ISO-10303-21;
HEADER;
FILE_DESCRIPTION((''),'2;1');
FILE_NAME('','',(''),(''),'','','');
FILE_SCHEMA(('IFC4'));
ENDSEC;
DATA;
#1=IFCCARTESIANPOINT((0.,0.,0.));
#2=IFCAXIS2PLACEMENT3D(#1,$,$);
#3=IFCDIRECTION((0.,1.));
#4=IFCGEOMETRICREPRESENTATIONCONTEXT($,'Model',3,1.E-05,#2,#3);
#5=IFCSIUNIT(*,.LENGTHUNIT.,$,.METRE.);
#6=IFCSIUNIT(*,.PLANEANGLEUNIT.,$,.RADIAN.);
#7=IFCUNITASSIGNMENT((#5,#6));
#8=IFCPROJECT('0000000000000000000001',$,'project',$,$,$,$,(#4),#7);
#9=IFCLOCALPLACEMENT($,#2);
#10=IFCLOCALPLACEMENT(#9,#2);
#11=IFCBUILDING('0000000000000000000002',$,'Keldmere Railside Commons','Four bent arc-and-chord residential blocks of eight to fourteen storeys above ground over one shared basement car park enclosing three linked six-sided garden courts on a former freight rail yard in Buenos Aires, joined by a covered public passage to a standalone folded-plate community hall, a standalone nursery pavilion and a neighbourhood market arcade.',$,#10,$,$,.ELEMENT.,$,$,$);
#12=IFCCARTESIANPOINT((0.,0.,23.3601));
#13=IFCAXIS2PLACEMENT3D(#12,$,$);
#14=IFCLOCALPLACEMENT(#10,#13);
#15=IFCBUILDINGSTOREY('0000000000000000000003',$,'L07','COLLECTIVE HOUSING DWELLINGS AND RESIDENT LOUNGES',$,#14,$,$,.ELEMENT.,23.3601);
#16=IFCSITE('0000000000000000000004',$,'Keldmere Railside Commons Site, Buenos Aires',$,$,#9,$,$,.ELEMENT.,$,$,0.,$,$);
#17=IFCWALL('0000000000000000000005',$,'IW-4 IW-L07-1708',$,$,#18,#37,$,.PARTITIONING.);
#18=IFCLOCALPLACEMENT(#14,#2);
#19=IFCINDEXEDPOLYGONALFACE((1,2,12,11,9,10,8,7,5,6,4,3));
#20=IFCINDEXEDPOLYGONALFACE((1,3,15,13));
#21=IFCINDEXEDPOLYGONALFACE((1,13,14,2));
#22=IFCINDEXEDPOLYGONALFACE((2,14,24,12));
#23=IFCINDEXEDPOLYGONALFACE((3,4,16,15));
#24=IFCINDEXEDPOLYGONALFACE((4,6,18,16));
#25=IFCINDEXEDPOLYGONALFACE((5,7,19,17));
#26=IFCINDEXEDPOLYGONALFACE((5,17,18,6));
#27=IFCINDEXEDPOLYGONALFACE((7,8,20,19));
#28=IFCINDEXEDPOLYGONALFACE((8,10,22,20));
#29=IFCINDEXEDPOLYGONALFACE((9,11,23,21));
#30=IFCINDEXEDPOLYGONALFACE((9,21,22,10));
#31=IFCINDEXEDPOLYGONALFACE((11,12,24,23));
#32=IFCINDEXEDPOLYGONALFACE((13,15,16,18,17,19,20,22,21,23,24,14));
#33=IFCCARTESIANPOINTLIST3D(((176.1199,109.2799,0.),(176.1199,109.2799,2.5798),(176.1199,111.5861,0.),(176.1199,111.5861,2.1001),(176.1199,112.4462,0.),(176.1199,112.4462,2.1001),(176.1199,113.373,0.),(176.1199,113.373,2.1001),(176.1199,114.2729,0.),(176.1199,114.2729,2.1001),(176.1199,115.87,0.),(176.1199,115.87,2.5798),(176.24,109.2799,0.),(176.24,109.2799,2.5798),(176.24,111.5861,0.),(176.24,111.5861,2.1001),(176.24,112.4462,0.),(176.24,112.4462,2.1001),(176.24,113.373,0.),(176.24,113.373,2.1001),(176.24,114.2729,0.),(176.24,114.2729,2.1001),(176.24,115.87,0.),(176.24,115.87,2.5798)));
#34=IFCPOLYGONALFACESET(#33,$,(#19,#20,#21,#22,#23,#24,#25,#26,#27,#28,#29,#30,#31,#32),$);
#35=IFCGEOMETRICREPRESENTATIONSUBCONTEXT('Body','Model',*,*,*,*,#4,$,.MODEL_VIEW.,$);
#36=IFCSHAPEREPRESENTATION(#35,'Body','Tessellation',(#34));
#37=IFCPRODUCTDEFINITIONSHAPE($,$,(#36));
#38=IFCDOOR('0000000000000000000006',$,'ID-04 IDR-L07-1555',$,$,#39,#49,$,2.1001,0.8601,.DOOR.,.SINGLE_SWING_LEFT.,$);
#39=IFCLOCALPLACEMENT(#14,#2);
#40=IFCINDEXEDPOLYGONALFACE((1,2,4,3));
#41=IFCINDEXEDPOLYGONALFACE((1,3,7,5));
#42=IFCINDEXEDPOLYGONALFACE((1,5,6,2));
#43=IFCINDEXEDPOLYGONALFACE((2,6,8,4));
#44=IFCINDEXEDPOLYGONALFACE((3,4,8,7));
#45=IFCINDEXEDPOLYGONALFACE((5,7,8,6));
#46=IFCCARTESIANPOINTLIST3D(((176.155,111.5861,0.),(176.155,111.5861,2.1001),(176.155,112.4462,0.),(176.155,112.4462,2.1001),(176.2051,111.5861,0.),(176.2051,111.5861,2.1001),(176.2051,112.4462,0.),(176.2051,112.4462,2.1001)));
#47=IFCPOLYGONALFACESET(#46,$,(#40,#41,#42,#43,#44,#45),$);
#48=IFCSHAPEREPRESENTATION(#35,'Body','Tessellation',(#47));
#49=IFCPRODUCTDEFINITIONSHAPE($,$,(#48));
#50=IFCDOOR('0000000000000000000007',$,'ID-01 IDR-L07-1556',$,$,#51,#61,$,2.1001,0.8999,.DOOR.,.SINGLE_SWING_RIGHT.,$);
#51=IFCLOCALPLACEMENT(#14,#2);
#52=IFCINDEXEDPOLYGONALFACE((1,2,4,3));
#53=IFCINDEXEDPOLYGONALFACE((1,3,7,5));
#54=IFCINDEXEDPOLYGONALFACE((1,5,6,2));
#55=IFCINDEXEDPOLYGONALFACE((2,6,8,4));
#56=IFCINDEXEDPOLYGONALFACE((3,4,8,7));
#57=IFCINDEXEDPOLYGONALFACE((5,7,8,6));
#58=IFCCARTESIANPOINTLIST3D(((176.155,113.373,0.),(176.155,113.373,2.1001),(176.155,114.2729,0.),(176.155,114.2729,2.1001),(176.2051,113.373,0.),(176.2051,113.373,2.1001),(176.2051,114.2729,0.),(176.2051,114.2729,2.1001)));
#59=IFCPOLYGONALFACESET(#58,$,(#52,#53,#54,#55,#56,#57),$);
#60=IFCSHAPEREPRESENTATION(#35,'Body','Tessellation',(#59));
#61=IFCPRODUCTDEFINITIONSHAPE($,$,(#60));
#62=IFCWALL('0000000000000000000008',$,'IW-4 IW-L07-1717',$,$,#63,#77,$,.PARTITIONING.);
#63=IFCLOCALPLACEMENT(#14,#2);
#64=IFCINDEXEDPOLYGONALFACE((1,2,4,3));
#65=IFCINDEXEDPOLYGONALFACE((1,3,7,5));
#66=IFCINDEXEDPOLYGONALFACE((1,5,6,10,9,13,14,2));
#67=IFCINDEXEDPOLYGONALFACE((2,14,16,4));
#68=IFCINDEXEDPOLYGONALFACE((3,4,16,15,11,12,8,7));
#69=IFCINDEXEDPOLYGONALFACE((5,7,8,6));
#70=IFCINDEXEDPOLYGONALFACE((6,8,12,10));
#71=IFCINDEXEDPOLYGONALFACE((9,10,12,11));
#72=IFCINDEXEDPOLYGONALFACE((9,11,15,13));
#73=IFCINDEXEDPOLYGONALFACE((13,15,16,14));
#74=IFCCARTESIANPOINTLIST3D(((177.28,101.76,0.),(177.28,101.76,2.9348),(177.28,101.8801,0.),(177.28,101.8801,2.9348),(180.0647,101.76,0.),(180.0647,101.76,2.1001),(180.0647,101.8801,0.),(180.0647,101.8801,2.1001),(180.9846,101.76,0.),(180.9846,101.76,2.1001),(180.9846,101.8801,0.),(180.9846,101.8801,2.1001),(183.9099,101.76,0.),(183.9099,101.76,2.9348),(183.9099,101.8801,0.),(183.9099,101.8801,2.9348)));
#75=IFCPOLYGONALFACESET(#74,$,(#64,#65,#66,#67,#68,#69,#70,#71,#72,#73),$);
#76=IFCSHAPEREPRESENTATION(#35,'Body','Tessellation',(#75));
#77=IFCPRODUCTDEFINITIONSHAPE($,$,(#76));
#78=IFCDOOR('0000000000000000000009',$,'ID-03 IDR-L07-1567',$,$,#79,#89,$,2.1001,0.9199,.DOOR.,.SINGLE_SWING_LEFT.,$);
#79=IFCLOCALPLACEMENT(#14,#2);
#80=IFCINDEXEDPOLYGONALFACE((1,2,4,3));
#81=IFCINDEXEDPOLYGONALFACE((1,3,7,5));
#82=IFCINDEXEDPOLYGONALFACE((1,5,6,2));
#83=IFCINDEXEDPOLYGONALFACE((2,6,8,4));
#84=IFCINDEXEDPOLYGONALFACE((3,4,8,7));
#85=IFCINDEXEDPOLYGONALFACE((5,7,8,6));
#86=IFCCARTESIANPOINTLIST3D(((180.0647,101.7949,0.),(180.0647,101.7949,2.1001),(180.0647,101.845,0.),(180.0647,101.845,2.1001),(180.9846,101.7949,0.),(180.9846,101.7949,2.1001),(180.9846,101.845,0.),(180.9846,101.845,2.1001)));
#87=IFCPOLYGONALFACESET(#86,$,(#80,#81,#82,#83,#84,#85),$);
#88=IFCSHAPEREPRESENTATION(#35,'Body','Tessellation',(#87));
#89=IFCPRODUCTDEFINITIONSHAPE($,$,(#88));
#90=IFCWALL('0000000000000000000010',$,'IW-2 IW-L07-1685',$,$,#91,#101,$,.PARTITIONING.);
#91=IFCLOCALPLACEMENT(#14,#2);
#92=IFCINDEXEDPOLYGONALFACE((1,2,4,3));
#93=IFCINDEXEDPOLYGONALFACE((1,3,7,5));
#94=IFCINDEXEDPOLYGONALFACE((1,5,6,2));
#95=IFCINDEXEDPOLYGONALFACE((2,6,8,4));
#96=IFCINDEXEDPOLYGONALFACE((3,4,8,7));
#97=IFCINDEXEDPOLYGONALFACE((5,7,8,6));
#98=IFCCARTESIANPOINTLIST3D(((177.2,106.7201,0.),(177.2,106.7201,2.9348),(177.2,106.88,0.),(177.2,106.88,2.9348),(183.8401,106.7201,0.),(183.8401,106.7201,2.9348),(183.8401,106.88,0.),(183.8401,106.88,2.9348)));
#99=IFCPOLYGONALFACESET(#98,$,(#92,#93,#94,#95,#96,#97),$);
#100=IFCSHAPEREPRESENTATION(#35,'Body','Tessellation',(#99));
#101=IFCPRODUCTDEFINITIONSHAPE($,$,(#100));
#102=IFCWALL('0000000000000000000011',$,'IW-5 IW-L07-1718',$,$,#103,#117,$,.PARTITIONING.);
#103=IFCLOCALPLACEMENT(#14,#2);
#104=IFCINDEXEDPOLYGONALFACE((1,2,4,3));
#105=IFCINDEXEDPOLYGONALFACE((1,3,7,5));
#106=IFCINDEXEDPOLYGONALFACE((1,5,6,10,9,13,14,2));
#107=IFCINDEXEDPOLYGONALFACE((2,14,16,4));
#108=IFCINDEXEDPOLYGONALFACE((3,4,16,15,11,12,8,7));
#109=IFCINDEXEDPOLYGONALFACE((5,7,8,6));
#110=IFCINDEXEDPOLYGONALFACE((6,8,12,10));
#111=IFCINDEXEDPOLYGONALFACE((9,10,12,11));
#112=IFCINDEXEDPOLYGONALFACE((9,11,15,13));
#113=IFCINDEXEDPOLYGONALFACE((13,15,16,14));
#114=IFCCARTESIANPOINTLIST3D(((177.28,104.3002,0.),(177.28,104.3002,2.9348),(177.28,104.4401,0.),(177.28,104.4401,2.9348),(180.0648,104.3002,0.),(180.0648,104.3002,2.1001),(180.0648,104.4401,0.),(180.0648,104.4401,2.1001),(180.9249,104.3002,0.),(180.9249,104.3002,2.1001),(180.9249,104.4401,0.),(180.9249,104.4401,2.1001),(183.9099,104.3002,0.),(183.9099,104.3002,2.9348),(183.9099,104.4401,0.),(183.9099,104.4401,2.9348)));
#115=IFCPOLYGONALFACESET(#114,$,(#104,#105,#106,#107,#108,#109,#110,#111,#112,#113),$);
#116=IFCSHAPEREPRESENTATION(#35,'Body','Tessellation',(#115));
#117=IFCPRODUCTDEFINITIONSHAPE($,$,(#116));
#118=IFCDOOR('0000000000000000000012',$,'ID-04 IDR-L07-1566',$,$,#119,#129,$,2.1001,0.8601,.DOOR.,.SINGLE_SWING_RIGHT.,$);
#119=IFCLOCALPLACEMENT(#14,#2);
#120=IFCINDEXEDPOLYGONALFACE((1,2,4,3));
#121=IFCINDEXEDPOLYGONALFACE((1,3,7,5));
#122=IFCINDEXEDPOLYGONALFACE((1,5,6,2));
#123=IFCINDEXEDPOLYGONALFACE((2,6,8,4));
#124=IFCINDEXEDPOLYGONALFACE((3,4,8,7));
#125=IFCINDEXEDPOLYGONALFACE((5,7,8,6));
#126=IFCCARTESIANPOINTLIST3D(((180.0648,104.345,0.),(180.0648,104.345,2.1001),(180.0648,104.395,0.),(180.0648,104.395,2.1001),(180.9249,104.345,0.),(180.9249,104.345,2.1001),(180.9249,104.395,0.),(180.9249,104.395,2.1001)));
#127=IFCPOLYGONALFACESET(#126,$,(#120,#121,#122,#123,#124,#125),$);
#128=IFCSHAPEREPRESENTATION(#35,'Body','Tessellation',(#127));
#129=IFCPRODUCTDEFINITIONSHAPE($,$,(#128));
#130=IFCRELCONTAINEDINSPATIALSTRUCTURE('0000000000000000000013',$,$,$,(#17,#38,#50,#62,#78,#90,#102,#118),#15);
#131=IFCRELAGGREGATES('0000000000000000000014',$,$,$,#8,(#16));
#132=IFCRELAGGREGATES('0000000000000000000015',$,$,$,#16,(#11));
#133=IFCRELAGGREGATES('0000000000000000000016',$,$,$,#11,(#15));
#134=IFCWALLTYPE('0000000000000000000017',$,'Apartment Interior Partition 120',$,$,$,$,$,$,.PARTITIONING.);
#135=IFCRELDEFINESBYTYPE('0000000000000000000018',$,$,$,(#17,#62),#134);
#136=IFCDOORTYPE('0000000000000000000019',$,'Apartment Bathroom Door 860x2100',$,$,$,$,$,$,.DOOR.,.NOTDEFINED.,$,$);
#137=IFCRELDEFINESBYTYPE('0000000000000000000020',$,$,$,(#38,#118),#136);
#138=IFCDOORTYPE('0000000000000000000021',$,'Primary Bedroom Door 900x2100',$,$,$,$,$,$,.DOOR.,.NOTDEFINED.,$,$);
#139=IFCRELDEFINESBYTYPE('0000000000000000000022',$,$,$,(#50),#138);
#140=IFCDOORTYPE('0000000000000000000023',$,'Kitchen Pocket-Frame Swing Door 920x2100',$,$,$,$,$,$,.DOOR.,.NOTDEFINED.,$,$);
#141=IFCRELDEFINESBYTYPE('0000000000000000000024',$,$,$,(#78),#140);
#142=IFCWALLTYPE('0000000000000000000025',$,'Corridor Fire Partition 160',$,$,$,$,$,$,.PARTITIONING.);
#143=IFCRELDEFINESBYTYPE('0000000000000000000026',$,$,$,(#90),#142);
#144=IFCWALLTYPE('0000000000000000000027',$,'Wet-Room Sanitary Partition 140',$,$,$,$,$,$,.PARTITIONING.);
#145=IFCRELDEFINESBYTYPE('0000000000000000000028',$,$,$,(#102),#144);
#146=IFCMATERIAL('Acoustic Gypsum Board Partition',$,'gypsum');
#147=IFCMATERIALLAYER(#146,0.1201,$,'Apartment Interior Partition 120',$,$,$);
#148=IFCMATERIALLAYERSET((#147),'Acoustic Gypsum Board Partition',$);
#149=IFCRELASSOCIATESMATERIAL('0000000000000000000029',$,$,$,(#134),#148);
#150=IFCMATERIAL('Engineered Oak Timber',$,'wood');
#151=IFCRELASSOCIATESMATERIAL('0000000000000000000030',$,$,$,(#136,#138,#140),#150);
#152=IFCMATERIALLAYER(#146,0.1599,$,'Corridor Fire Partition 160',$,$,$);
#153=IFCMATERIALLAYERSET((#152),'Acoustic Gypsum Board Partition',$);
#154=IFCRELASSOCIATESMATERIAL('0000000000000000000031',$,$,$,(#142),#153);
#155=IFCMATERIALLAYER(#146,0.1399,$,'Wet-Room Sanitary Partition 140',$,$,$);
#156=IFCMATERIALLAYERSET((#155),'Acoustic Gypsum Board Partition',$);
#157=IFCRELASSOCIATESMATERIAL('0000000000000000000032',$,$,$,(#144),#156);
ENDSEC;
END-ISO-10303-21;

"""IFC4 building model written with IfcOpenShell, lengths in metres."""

from ifc_helpers import new_model, si_unit, direction, frame, frame_2d, origin, place, context, subcontext, project, spatial, rectangle, extrude, material, layer, layer_set, type_object, element, fill, save


model = new_model("IFC4")

# Units and contexts
model_context = context("Model", 3, precision=1e-05, world=origin(), true_north=direction((0.0, 1.0)))
body_context = subcontext(model_context, "Body", "Model", "MODEL_VIEW")
ifc_project = project(units=[si_unit("LENGTHUNIT", "METRE"), si_unit("PLANEANGLEUNIT", "RADIAN")], contexts=[model_context])

# Site, building, storey
site_placement = place(None, origin())
site = spatial("IfcSite", under=ifc_project, at=site_placement, Name="Keldmere Railside Commons Site, Buenos Aires", CompositionType="ELEMENT", RefElevation=0.0)
building_placement = place(site_placement, origin())
building = spatial("IfcBuilding", under=site, at=building_placement, Name="Keldmere Railside Commons", Description="Four bent arc-and-chord residential blocks of eight to fourteen storeys above ground over one shared basement car park enclosing three linked six-sided garden courts on a former freight rail yard in Buenos Aires, joined by a covered public passage to a standalone folded-plate community hall, a standalone nursery pavilion and a neighbourhood market arcade.", CompositionType="ELEMENT")
storey_placement = place(building_placement, frame((0.0, 0.0, 23.3601)))
storey = spatial("IfcBuildingStorey", under=building, at=storey_placement, Name="L07", Description="COLLECTIVE HOUSING DWELLINGS AND RESIDENT LOUNGES", CompositionType="ELEMENT", Elevation=23.3601)

# Wall, openings, doors
ifc_material_1 = material(Name="Acoustic Gypsum Board Partition", Category="gypsum")
ifc_layer_1 = layer(ifc_material_1, 0.1201, Name="Apartment Interior Partition 120")
ifc_layer_set_1 = layer_set([ifc_layer_1], Name="Acoustic Gypsum Board Partition")
wall_type_1 = type_object("IfcWallType", Name="Apartment Interior Partition 120", PredefinedType="PARTITIONING", material=ifc_layer_set_1)
wall_1_placement = place(storey_placement, frame((176.1799, 109.28, 0.0), z_axis=(0.0, 0.0, 1.0), x_axis=(0.0, 1.0, 0.0)))
wall_1 = element("IfcWall", 1, at=wall_1_placement, inside=storey, type_object=wall_type_1, Name="IW-4 IW-L07-1708", PredefinedType="PARTITIONING", context=body_context, shape_type="SweptSolid", body=[
    extrude(rectangle(XDim=6.5901, YDim=0.1201, at=frame_2d((3.2949, 0.0))), origin(), (0.0, 0.0, 1.0), 2.5798),
])
opening_1_placement = place(wall_1_placement, frame((2.3059, 0.0, 0.0)))
opening_1 = element("IfcOpeningElement", 2, at=opening_1_placement, cuts=wall_1, PredefinedType="OPENING", context=body_context, shape_type="SweptSolid", body=[
    extrude(rectangle(XDim=0.8601, YDim=2.1001, at=frame_2d((0.4302, 1.05))), frame((0.0, 0.0701, 0.0), z_axis=(0.0, -1.0, 0.0), x_axis=(1.0, 0.0, 0.0)), (0.0, 0.0, 1.0), 0.1401),
])
opening_2_placement = place(wall_1_placement, frame((4.093, 0.0, 0.0)))
opening_2 = element("IfcOpeningElement", 3, at=opening_2_placement, cuts=wall_1, PredefinedType="OPENING", context=body_context, shape_type="SweptSolid", body=[
    extrude(rectangle(XDim=0.8999, YDim=2.1001, at=frame_2d((0.45, 1.05))), frame((0.0, 0.0701, 0.0), z_axis=(0.0, -1.0, 0.0), x_axis=(1.0, 0.0, 0.0)), (0.0, 0.0, 1.0), 0.1401),
])
ifc_material_2 = material(Name="Engineered Oak Timber", Category="wood")
door_type_1 = type_object("IfcDoorType", Name="Apartment Bathroom Door 860x2100", OperationType="NOTDEFINED", PredefinedType="DOOR", material=ifc_material_2)
door_1_placement = place(opening_1_placement, origin())
door_1 = element("IfcDoor", 4, at=door_1_placement, inside=storey, type_object=door_type_1, Name="ID-04 IDR-L07-1555", OperationType="SINGLE_SWING_LEFT", OverallHeight=2.1001, OverallWidth=0.8601, PredefinedType="DOOR", context=body_context, shape_type="SweptSolid", body=[
    extrude(rectangle(XDim=0.8601, YDim=2.1001, at=frame_2d((0.4302, 1.05))), frame((0.0, 0.0249, 0.0), z_axis=(0.0, -1.0, 0.0), x_axis=(1.0, 0.0, 0.0)), (0.0, 0.0, 1.0), 0.05),
])
fill(opening_1, door_1)
door_type_2 = type_object("IfcDoorType", Name="Primary Bedroom Door 900x2100", OperationType="NOTDEFINED", PredefinedType="DOOR", material=ifc_material_2)
door_2_placement = place(opening_2_placement, origin())
door_2 = element("IfcDoor", 5, at=door_2_placement, inside=storey, type_object=door_type_2, Name="ID-01 IDR-L07-1556", OperationType="SINGLE_SWING_RIGHT", OverallHeight=2.1001, OverallWidth=0.8999, PredefinedType="DOOR", context=body_context, shape_type="SweptSolid", body=[
    extrude(rectangle(XDim=0.8999, YDim=2.1001, at=frame_2d((0.45, 1.05))), frame((0.0, 0.0249, 0.0), z_axis=(0.0, -1.0, 0.0), x_axis=(1.0, 0.0, 0.0)), (0.0, 0.0, 1.0), 0.05),
])
fill(opening_2, door_2)

# Wall, opening, door
wall_2_placement = place(storey_placement, frame((177.28, 101.8201, 0.0), z_axis=(0.0, 0.0, 1.0), x_axis=(1.0, 0.0, 0.0)))
wall_2 = element("IfcWall", 6, at=wall_2_placement, inside=storey, type_object=wall_type_1, Name="IW-4 IW-L07-1717", PredefinedType="PARTITIONING", context=body_context, shape_type="SweptSolid", body=[
    extrude(rectangle(XDim=6.6299, YDim=0.1201, at=frame_2d((3.3149, 0.0))), origin(), (0.0, 0.0, 1.0), 2.9348),
])
opening_3_placement = place(wall_2_placement, frame((2.7847, 0.0, 0.0)))
opening_3 = element("IfcOpeningElement", 7, at=opening_3_placement, cuts=wall_2, PredefinedType="OPENING", context=body_context, shape_type="SweptSolid", body=[
    extrude(rectangle(XDim=0.9199, YDim=2.1001, at=frame_2d((0.46, 1.05))), frame((0.0, 0.0701, 0.0), z_axis=(0.0, -1.0, 0.0), x_axis=(1.0, 0.0, 0.0)), (0.0, 0.0, 1.0), 0.1401),
])
door_type_3 = type_object("IfcDoorType", Name="Kitchen Pocket-Frame Swing Door 920x2100", OperationType="NOTDEFINED", PredefinedType="DOOR", material=ifc_material_2)
door_3_placement = place(opening_3_placement, origin())
door_3 = element("IfcDoor", 8, at=door_3_placement, inside=storey, type_object=door_type_3, Name="ID-03 IDR-L07-1567", OperationType="SINGLE_SWING_LEFT", OverallHeight=2.1001, OverallWidth=0.9199, PredefinedType="DOOR", context=body_context, shape_type="SweptSolid", body=[
    extrude(rectangle(XDim=0.9199, YDim=2.1001, at=frame_2d((0.46, 1.05))), frame((0.0, 0.0249, 0.0), z_axis=(0.0, -1.0, 0.0), x_axis=(1.0, 0.0, 0.0)), (0.0, 0.0, 1.0), 0.05),
])
fill(opening_3, door_3)

# Wall
ifc_layer_2 = layer(ifc_material_1, 0.1599, Name="Corridor Fire Partition 160")
ifc_layer_set_2 = layer_set([ifc_layer_2], Name="Acoustic Gypsum Board Partition")
wall_type_2 = type_object("IfcWallType", Name="Corridor Fire Partition 160", PredefinedType="PARTITIONING", material=ifc_layer_set_2)
wall_3_placement = place(storey_placement, frame((177.2, 106.8, 0.0), z_axis=(0.0, 0.0, 1.0), x_axis=(1.0, 0.0, 0.0)))
element("IfcWall", 9, at=wall_3_placement, inside=storey, type_object=wall_type_2, Name="IW-2 IW-L07-1685", PredefinedType="PARTITIONING", context=body_context, shape_type="SweptSolid", body=[
    extrude(rectangle(XDim=6.6401, YDim=0.1599, at=frame_2d((3.3201, 0.0))), origin(), (0.0, 0.0, 1.0), 2.9348),
])

# Wall, opening, door
ifc_layer_3 = layer(ifc_material_1, 0.1399, Name="Wet-Room Sanitary Partition 140")
ifc_layer_set_3 = layer_set([ifc_layer_3], Name="Acoustic Gypsum Board Partition")
wall_type_3 = type_object("IfcWallType", Name="Wet-Room Sanitary Partition 140", PredefinedType="PARTITIONING", material=ifc_layer_set_3)
wall_4_placement = place(storey_placement, frame((177.28, 104.3701, 0.0), z_axis=(0.0, 0.0, 1.0), x_axis=(1.0, 0.0, 0.0)))
wall_4 = element("IfcWall", 10, at=wall_4_placement, inside=storey, type_object=wall_type_3, Name="IW-5 IW-L07-1718", PredefinedType="PARTITIONING", context=body_context, shape_type="SweptSolid", body=[
    extrude(rectangle(XDim=6.6299, YDim=0.1399, at=frame_2d((3.3149, 0.0))), origin(), (0.0, 0.0, 1.0), 2.9348),
])
opening_4_placement = place(wall_4_placement, frame((2.7847, 0.0, 0.0)))
opening_4 = element("IfcOpeningElement", 11, at=opening_4_placement, cuts=wall_4, PredefinedType="OPENING", context=body_context, shape_type="SweptSolid", body=[
    extrude(rectangle(XDim=0.8601, YDim=2.1001, at=frame_2d((0.4302, 1.05))), frame((0.0, 0.0798, 0.0), z_axis=(0.0, -1.0, 0.0), x_axis=(1.0, 0.0, 0.0)), (0.0, 0.0, 1.0), 0.1599),
])
door_4_placement = place(opening_4_placement, origin())
door_4 = element("IfcDoor", 12, at=door_4_placement, inside=storey, type_object=door_type_1, Name="ID-04 IDR-L07-1566", OperationType="SINGLE_SWING_RIGHT", OverallHeight=2.1001, OverallWidth=0.8601, PredefinedType="DOOR", context=body_context, shape_type="SweptSolid", body=[
    extrude(rectangle(XDim=0.8601, YDim=2.1001, at=frame_2d((0.4302, 1.05))), frame((0.0, 0.0249, 0.0), z_axis=(0.0, -1.0, 0.0), x_axis=(1.0, 0.0, 0.0)), (0.0, 0.0, 1.0), 0.05),
])
fill(opening_4, door_4)

save(model, "model.ifc")
